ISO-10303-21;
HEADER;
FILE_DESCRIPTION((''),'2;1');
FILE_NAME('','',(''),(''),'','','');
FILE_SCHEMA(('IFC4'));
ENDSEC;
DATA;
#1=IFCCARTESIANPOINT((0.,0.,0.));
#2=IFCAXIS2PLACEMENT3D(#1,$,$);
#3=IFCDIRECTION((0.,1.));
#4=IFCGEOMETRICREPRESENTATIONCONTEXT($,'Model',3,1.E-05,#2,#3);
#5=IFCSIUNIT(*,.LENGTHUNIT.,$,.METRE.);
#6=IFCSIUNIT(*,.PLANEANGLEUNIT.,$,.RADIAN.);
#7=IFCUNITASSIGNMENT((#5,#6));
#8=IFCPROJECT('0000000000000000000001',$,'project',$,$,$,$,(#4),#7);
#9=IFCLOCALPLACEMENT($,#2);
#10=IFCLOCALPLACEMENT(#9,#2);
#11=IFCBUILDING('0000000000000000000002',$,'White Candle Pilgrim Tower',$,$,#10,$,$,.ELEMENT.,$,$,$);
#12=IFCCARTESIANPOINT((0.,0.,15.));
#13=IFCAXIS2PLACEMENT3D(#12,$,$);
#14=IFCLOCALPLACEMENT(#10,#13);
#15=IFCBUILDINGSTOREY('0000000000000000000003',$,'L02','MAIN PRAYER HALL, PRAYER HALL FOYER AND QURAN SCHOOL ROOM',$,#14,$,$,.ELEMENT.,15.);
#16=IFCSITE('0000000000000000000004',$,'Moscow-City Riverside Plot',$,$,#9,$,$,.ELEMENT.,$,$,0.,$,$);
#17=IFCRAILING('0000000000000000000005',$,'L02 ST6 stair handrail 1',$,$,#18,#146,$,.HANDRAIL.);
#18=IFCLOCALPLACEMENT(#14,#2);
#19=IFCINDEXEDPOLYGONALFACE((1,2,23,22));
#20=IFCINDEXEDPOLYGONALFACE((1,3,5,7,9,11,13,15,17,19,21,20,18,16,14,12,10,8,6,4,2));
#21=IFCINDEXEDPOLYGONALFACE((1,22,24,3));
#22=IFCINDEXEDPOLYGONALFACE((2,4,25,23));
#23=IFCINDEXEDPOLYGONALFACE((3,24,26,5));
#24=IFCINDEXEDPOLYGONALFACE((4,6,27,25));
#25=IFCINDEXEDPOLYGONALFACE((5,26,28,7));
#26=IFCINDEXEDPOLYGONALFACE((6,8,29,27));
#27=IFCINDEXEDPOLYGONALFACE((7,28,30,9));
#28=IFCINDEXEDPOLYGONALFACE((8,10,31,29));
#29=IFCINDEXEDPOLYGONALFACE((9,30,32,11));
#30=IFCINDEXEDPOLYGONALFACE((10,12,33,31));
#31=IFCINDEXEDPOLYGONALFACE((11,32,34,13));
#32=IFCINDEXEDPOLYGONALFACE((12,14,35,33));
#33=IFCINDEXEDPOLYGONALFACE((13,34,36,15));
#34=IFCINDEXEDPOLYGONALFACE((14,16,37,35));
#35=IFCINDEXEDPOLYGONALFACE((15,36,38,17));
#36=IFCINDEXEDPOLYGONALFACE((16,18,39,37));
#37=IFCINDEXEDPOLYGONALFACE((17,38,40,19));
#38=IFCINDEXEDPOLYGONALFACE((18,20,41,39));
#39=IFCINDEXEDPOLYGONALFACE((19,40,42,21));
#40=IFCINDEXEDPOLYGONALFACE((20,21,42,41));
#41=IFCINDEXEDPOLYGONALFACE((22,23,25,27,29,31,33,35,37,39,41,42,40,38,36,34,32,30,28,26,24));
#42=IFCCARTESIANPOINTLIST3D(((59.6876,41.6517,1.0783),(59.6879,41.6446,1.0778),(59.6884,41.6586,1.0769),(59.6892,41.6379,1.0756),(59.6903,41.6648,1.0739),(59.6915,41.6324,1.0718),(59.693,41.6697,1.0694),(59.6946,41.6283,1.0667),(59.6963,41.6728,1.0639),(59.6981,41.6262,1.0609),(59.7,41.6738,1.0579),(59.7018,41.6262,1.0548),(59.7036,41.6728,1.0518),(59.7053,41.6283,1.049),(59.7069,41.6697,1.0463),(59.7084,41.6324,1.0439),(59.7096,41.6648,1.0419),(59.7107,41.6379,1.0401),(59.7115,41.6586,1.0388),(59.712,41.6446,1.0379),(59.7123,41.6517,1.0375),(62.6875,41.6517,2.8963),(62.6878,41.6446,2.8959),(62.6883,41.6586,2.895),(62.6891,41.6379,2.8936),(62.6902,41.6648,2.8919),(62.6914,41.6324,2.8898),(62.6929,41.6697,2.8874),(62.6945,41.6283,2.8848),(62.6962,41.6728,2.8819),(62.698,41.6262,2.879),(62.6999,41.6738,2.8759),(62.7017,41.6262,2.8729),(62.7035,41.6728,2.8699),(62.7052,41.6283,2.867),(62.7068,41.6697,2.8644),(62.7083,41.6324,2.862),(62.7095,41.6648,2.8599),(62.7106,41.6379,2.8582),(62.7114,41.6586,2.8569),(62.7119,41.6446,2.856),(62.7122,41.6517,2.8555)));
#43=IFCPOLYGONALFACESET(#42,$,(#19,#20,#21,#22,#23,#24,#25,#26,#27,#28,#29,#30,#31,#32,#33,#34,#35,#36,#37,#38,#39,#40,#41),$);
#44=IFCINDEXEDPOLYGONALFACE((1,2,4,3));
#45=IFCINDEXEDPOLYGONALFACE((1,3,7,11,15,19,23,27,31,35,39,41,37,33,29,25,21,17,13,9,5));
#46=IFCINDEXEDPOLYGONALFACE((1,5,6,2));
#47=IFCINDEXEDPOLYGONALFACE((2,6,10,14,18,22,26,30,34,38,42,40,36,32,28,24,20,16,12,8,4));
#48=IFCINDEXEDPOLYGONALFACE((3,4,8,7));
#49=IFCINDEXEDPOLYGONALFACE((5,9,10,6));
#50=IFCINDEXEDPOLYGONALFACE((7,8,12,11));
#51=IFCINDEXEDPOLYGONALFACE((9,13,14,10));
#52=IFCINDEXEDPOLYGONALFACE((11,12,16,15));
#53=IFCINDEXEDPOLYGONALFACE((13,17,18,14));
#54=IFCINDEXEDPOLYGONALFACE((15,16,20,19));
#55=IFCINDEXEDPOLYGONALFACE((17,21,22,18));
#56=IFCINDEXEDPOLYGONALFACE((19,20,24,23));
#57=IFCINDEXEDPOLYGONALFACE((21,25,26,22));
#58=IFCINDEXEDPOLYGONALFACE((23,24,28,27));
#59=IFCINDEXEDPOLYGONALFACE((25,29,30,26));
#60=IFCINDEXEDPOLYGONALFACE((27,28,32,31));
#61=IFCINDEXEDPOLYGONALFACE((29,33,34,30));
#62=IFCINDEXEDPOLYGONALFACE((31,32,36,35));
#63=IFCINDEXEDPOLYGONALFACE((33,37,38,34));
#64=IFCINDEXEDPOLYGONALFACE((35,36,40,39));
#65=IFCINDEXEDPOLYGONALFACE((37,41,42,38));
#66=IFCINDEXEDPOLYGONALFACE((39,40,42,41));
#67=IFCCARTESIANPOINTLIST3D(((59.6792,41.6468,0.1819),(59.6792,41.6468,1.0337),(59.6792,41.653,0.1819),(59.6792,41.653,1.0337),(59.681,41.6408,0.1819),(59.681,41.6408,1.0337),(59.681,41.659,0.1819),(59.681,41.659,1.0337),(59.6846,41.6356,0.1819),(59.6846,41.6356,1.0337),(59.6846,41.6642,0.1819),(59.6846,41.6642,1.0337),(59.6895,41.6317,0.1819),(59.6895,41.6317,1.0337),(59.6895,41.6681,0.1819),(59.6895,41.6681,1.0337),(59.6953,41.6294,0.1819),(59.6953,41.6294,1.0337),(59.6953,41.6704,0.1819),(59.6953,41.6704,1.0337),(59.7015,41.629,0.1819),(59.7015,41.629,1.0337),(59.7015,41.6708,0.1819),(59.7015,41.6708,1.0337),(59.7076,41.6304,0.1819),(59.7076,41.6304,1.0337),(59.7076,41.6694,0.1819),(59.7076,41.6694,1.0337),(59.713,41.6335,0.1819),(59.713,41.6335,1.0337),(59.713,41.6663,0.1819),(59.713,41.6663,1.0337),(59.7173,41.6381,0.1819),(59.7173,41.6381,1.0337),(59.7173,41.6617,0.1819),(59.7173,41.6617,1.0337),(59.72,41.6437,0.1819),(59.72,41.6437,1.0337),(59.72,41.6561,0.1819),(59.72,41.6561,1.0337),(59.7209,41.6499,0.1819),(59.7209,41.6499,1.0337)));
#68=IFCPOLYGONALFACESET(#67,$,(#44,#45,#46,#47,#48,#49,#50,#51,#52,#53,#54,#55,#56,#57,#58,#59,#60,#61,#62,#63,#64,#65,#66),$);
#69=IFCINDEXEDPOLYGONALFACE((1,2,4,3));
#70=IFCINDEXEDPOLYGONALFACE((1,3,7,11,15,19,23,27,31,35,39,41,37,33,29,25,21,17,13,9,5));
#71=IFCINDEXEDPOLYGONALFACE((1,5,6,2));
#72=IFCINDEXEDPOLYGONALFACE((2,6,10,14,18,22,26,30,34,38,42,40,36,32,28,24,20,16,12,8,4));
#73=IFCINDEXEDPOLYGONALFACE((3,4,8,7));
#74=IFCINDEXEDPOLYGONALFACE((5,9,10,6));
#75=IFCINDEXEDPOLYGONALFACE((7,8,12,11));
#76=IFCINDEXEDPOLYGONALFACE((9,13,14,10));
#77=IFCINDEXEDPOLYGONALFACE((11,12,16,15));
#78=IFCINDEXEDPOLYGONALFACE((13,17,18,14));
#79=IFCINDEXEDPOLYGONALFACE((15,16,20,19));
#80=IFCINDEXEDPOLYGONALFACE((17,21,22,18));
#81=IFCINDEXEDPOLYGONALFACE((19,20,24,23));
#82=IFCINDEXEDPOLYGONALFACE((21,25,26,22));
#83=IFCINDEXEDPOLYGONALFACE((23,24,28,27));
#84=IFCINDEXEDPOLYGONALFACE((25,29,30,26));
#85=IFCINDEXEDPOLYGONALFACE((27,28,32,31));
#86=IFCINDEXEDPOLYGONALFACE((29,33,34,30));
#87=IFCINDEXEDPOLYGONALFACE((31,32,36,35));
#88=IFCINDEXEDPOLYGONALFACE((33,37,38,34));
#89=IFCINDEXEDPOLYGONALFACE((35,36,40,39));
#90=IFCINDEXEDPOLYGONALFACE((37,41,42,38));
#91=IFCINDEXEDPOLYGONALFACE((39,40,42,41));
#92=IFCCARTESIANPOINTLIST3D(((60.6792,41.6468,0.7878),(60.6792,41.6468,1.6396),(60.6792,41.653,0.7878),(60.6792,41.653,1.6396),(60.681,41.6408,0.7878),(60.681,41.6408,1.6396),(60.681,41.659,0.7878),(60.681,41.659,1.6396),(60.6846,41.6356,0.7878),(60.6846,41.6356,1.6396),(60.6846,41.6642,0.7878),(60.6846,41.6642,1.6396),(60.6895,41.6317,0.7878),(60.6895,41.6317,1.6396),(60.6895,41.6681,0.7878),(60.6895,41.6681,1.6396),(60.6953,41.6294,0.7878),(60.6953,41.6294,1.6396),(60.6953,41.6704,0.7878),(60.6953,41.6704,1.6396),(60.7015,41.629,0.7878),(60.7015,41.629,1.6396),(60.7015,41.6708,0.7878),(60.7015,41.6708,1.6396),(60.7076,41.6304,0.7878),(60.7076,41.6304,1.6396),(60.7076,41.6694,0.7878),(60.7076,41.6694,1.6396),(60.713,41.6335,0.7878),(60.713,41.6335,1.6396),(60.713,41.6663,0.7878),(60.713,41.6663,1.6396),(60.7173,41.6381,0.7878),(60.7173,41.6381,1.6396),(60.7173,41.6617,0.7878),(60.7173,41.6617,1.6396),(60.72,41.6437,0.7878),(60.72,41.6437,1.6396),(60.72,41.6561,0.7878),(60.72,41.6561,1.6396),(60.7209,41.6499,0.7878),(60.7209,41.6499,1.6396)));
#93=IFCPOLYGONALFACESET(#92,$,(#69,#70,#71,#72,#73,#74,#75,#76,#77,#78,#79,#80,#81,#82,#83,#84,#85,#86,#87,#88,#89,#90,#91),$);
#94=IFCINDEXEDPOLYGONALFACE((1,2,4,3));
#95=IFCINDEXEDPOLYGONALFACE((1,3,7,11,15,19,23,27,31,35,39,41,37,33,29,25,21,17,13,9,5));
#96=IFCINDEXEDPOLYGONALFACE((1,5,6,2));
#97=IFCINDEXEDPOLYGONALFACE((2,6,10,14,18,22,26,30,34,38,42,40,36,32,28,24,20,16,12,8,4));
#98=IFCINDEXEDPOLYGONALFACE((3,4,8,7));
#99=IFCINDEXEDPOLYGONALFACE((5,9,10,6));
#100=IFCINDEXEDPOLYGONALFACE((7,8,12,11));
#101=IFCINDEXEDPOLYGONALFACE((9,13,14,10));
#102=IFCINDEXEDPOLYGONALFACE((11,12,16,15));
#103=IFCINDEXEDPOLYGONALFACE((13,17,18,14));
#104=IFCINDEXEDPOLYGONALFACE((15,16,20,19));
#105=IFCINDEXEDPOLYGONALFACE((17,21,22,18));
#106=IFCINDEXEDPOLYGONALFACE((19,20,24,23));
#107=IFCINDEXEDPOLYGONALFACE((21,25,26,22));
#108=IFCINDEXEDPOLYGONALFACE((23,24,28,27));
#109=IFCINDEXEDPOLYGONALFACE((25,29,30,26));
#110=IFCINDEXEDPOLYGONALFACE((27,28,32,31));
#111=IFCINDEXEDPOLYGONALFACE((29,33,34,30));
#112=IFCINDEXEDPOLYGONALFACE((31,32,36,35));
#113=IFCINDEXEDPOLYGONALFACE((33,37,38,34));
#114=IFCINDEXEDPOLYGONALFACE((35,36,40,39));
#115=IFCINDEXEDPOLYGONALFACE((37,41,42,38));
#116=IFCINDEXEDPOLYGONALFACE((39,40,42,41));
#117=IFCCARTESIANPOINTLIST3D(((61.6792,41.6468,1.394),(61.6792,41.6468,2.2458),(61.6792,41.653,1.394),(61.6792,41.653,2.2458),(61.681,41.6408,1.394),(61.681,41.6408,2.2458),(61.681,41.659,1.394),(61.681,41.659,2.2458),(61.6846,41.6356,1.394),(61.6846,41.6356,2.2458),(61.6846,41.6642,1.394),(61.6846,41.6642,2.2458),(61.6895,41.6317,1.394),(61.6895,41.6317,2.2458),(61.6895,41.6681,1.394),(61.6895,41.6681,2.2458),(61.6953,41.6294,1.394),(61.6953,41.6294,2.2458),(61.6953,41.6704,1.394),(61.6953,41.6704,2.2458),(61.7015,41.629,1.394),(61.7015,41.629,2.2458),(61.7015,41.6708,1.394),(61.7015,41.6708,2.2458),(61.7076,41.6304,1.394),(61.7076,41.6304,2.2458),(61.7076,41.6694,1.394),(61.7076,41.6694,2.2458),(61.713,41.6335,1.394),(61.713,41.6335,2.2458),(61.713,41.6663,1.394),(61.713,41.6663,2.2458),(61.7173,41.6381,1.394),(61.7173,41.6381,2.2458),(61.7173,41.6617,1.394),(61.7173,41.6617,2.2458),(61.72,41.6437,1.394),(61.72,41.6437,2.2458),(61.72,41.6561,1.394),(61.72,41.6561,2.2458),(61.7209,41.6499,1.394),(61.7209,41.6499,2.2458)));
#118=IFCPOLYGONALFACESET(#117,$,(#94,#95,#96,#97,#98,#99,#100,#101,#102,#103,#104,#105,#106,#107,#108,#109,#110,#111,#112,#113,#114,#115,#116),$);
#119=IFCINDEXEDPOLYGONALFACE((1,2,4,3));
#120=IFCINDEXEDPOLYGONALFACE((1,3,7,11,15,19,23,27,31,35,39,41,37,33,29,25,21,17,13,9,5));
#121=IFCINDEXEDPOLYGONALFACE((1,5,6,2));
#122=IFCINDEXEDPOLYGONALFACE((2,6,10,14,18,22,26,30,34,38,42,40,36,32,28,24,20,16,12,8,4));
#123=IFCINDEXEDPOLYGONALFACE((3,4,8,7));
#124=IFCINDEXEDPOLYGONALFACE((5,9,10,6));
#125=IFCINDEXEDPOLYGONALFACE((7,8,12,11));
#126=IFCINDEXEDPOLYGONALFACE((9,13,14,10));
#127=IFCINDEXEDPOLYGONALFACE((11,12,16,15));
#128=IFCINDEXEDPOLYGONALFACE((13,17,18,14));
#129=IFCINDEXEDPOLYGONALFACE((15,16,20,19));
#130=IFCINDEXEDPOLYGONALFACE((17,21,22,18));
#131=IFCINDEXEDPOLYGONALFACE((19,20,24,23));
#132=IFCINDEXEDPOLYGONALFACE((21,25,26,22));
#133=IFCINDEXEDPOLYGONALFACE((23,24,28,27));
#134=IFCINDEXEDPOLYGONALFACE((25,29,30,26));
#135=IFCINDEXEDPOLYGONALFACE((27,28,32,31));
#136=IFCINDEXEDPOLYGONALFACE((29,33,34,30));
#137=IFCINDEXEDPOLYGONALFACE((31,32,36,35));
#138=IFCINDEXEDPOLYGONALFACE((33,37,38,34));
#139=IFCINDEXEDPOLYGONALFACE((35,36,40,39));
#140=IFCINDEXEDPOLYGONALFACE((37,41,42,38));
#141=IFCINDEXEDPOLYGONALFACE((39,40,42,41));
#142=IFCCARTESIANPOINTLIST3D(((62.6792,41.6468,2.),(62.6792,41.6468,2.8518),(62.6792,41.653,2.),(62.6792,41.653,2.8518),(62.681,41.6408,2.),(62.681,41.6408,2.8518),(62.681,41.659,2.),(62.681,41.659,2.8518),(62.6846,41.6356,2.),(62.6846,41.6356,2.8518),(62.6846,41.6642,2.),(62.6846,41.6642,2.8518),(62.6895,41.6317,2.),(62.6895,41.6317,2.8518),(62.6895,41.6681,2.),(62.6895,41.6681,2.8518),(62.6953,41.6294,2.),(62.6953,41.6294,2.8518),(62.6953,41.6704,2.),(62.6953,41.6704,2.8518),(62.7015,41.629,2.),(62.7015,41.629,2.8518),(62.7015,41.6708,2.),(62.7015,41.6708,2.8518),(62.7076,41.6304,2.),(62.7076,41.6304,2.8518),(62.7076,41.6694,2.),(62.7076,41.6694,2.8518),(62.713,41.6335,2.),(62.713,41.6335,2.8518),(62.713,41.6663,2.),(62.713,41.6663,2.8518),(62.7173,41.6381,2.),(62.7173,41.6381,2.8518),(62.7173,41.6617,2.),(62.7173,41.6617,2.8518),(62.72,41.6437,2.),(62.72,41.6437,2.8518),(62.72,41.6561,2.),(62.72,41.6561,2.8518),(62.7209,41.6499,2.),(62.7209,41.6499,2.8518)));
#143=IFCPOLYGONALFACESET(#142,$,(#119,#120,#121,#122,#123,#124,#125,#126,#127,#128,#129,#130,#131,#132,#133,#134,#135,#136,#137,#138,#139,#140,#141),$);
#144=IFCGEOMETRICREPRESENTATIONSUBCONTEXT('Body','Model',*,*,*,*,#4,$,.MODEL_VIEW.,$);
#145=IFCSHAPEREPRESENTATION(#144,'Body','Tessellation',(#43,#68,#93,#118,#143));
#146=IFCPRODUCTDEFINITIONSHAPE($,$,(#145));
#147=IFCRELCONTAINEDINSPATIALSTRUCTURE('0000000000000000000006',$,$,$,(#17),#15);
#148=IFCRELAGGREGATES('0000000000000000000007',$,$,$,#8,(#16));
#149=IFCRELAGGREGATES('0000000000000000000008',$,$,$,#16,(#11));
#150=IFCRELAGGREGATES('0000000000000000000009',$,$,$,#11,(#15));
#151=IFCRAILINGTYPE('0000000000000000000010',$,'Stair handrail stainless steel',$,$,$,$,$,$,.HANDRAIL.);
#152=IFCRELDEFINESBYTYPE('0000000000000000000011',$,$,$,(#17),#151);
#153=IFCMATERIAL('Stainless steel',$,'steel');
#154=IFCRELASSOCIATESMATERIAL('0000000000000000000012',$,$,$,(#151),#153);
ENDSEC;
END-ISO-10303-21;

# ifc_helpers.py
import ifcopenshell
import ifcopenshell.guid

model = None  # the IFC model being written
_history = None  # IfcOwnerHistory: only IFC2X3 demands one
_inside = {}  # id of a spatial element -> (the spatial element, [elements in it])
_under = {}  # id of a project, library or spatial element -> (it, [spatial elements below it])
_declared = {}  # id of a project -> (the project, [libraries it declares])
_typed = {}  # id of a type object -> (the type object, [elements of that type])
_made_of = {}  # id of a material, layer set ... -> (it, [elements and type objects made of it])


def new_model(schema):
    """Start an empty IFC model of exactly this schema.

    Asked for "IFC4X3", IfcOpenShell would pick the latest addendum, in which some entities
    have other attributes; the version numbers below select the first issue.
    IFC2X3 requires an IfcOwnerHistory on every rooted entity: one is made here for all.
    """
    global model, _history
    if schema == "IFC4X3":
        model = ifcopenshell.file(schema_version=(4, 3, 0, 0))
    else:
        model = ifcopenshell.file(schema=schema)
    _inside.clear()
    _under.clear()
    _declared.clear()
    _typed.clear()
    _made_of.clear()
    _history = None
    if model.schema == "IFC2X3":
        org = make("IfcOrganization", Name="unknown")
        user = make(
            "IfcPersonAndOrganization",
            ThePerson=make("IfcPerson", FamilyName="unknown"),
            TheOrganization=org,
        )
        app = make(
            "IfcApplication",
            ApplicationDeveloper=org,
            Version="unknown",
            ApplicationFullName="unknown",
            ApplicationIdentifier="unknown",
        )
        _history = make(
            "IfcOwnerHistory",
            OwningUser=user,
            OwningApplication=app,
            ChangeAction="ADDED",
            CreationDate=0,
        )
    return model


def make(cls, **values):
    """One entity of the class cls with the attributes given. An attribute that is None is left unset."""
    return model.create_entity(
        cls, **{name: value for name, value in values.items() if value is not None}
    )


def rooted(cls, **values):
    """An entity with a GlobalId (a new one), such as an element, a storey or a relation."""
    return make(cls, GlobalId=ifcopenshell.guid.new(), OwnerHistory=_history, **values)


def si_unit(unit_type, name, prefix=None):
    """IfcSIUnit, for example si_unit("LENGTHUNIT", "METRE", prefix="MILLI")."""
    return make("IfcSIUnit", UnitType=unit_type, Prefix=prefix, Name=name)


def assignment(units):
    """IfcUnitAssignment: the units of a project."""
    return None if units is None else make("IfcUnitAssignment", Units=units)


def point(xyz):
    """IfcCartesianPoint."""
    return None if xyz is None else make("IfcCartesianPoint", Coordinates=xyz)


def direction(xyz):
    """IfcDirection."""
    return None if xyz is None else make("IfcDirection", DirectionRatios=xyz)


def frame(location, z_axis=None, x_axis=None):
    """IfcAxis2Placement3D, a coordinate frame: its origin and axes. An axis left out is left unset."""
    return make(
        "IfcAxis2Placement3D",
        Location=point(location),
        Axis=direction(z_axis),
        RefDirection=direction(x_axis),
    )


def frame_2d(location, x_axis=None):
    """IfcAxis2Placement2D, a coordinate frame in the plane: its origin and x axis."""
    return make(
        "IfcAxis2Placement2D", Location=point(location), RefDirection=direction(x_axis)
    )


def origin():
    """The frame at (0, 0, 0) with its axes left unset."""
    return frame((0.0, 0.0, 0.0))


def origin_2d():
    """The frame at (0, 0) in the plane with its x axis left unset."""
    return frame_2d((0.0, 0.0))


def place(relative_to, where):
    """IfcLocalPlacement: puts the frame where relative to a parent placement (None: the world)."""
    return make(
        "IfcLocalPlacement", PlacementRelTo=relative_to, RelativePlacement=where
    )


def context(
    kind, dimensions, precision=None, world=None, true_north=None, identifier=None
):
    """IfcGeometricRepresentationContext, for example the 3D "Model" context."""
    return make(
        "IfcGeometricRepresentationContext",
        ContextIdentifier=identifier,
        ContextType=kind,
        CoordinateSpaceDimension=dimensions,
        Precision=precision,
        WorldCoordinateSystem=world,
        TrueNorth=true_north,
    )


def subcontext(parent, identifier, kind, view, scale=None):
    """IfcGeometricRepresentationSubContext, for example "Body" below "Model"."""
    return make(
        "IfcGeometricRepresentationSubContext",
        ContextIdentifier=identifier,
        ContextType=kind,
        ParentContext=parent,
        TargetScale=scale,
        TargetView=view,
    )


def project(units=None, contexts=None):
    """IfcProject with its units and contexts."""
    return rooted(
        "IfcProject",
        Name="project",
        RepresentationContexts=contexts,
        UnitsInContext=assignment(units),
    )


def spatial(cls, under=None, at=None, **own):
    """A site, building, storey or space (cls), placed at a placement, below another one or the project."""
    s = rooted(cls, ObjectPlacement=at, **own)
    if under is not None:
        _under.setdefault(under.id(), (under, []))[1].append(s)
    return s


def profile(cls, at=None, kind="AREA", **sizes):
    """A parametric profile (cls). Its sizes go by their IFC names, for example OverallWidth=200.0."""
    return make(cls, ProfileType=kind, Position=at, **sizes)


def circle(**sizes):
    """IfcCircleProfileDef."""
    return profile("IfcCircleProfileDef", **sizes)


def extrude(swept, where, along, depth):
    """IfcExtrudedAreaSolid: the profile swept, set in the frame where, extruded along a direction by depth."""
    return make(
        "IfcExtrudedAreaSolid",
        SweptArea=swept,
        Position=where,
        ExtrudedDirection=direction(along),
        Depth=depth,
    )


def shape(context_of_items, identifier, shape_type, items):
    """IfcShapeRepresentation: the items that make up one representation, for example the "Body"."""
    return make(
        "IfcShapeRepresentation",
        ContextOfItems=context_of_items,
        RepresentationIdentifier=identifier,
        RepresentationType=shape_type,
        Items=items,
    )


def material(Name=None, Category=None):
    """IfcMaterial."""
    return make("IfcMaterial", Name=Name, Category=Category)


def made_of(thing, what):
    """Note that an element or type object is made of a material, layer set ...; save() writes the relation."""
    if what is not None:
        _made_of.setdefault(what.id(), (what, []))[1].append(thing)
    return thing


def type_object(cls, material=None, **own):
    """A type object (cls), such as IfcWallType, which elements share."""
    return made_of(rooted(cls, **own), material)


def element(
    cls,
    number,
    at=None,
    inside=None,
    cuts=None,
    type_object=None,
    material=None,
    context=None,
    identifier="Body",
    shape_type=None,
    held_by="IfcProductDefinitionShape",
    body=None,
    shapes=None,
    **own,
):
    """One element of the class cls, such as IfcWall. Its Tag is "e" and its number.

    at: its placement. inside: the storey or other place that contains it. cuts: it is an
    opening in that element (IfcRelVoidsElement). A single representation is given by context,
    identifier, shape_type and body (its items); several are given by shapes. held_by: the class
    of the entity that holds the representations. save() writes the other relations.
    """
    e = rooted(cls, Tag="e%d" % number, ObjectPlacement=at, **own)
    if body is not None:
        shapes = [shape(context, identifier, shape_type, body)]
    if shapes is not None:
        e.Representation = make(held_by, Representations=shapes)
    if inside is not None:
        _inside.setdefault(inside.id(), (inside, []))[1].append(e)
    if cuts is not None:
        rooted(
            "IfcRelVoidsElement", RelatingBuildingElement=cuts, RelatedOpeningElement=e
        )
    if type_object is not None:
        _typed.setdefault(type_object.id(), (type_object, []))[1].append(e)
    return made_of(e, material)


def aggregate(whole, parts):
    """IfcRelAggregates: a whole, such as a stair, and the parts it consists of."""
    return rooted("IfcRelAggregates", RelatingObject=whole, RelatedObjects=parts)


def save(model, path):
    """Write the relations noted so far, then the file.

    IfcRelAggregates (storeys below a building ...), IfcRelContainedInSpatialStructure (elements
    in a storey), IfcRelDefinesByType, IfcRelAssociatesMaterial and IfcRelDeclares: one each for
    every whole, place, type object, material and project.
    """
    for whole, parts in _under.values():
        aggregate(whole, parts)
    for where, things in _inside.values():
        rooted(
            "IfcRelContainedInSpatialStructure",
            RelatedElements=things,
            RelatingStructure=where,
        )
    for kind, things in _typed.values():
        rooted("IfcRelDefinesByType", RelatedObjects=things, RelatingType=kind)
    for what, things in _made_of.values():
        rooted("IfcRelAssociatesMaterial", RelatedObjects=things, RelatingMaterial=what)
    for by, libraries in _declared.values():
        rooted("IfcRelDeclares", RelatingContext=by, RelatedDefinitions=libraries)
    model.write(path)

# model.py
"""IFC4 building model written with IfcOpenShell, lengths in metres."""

from ifc_helpers import new_model, si_unit, direction, frame, origin, origin_2d, place, context, subcontext, project, spatial, circle, extrude, material, type_object, element, save


model = new_model("IFC4")

# Units and contexts
model_context = context("Model", 3, precision=1e-05, world=origin(), true_north=direction((0.0, 1.0)))
body_context = subcontext(model_context, "Body", "Model", "MODEL_VIEW")
ifc_project = project(units=[si_unit("LENGTHUNIT", "METRE"), si_unit("PLANEANGLEUNIT", "RADIAN")], contexts=[model_context])

# Site, building, storey
site_placement = place(None, origin())
site = spatial("IfcSite", under=ifc_project, at=site_placement, Name="Moscow-City Riverside Plot", CompositionType="ELEMENT", RefElevation=0.0)
building_placement = place(site_placement, origin())
building = spatial("IfcBuilding", under=site, at=building_placement, Name="White Candle Pilgrim Tower", CompositionType="ELEMENT")
storey_placement = place(building_placement, frame((0.0, 0.0, 15.0)))
storey = spatial("IfcBuildingStorey", under=building, at=storey_placement, Name="L02", Description="MAIN PRAYER HALL, PRAYER HALL FOYER AND QURAN SCHOOL ROOM", CompositionType="ELEMENT", Elevation=15.0)

# Railing
ifc_material_1 = material(Name="Stainless steel", Category="steel")
railing_type_1 = type_object("IfcRailingType", Name="Stair handrail stainless steel", PredefinedType="HANDRAIL", material=ifc_material_1)
railing_1_placement = place(storey_placement, frame((59.7, 41.6499, 0.1819)))
element("IfcRailing", 1, at=railing_1_placement, inside=storey, type_object=railing_type_1, Name="L02 ST6 stair handrail 1", PredefinedType="HANDRAIL", context=body_context, shape_type="SweptSolid", body=[
    extrude(circle(Radius=0.0239, at=origin_2d()), frame((0.0, 0.0, 0.876), z_axis=(0.855206, 0.0, 0.518288), x_axis=(0.0, 1.0, 0.0)), (0.0, 0.0, 1.0), 3.5078),
    extrude(circle(Radius=0.021, at=origin_2d()), origin(), (0.0, 0.0, 1.0), 0.8518),
    extrude(circle(Radius=0.021, at=origin_2d()), frame((1.0, 0.0, 0.606)), (0.0, 0.0, 1.0), 0.8518),
    extrude(circle(Radius=0.021, at=origin_2d()), frame((2.0, 0.0, 1.2122)), (0.0, 0.0, 1.0), 0.8518),
    extrude(circle(Radius=0.021, at=origin_2d()), frame((3.0, 0.0, 1.8181)), (0.0, 0.0, 1.0), 0.8518),
])

save(model, "model.ifc")
